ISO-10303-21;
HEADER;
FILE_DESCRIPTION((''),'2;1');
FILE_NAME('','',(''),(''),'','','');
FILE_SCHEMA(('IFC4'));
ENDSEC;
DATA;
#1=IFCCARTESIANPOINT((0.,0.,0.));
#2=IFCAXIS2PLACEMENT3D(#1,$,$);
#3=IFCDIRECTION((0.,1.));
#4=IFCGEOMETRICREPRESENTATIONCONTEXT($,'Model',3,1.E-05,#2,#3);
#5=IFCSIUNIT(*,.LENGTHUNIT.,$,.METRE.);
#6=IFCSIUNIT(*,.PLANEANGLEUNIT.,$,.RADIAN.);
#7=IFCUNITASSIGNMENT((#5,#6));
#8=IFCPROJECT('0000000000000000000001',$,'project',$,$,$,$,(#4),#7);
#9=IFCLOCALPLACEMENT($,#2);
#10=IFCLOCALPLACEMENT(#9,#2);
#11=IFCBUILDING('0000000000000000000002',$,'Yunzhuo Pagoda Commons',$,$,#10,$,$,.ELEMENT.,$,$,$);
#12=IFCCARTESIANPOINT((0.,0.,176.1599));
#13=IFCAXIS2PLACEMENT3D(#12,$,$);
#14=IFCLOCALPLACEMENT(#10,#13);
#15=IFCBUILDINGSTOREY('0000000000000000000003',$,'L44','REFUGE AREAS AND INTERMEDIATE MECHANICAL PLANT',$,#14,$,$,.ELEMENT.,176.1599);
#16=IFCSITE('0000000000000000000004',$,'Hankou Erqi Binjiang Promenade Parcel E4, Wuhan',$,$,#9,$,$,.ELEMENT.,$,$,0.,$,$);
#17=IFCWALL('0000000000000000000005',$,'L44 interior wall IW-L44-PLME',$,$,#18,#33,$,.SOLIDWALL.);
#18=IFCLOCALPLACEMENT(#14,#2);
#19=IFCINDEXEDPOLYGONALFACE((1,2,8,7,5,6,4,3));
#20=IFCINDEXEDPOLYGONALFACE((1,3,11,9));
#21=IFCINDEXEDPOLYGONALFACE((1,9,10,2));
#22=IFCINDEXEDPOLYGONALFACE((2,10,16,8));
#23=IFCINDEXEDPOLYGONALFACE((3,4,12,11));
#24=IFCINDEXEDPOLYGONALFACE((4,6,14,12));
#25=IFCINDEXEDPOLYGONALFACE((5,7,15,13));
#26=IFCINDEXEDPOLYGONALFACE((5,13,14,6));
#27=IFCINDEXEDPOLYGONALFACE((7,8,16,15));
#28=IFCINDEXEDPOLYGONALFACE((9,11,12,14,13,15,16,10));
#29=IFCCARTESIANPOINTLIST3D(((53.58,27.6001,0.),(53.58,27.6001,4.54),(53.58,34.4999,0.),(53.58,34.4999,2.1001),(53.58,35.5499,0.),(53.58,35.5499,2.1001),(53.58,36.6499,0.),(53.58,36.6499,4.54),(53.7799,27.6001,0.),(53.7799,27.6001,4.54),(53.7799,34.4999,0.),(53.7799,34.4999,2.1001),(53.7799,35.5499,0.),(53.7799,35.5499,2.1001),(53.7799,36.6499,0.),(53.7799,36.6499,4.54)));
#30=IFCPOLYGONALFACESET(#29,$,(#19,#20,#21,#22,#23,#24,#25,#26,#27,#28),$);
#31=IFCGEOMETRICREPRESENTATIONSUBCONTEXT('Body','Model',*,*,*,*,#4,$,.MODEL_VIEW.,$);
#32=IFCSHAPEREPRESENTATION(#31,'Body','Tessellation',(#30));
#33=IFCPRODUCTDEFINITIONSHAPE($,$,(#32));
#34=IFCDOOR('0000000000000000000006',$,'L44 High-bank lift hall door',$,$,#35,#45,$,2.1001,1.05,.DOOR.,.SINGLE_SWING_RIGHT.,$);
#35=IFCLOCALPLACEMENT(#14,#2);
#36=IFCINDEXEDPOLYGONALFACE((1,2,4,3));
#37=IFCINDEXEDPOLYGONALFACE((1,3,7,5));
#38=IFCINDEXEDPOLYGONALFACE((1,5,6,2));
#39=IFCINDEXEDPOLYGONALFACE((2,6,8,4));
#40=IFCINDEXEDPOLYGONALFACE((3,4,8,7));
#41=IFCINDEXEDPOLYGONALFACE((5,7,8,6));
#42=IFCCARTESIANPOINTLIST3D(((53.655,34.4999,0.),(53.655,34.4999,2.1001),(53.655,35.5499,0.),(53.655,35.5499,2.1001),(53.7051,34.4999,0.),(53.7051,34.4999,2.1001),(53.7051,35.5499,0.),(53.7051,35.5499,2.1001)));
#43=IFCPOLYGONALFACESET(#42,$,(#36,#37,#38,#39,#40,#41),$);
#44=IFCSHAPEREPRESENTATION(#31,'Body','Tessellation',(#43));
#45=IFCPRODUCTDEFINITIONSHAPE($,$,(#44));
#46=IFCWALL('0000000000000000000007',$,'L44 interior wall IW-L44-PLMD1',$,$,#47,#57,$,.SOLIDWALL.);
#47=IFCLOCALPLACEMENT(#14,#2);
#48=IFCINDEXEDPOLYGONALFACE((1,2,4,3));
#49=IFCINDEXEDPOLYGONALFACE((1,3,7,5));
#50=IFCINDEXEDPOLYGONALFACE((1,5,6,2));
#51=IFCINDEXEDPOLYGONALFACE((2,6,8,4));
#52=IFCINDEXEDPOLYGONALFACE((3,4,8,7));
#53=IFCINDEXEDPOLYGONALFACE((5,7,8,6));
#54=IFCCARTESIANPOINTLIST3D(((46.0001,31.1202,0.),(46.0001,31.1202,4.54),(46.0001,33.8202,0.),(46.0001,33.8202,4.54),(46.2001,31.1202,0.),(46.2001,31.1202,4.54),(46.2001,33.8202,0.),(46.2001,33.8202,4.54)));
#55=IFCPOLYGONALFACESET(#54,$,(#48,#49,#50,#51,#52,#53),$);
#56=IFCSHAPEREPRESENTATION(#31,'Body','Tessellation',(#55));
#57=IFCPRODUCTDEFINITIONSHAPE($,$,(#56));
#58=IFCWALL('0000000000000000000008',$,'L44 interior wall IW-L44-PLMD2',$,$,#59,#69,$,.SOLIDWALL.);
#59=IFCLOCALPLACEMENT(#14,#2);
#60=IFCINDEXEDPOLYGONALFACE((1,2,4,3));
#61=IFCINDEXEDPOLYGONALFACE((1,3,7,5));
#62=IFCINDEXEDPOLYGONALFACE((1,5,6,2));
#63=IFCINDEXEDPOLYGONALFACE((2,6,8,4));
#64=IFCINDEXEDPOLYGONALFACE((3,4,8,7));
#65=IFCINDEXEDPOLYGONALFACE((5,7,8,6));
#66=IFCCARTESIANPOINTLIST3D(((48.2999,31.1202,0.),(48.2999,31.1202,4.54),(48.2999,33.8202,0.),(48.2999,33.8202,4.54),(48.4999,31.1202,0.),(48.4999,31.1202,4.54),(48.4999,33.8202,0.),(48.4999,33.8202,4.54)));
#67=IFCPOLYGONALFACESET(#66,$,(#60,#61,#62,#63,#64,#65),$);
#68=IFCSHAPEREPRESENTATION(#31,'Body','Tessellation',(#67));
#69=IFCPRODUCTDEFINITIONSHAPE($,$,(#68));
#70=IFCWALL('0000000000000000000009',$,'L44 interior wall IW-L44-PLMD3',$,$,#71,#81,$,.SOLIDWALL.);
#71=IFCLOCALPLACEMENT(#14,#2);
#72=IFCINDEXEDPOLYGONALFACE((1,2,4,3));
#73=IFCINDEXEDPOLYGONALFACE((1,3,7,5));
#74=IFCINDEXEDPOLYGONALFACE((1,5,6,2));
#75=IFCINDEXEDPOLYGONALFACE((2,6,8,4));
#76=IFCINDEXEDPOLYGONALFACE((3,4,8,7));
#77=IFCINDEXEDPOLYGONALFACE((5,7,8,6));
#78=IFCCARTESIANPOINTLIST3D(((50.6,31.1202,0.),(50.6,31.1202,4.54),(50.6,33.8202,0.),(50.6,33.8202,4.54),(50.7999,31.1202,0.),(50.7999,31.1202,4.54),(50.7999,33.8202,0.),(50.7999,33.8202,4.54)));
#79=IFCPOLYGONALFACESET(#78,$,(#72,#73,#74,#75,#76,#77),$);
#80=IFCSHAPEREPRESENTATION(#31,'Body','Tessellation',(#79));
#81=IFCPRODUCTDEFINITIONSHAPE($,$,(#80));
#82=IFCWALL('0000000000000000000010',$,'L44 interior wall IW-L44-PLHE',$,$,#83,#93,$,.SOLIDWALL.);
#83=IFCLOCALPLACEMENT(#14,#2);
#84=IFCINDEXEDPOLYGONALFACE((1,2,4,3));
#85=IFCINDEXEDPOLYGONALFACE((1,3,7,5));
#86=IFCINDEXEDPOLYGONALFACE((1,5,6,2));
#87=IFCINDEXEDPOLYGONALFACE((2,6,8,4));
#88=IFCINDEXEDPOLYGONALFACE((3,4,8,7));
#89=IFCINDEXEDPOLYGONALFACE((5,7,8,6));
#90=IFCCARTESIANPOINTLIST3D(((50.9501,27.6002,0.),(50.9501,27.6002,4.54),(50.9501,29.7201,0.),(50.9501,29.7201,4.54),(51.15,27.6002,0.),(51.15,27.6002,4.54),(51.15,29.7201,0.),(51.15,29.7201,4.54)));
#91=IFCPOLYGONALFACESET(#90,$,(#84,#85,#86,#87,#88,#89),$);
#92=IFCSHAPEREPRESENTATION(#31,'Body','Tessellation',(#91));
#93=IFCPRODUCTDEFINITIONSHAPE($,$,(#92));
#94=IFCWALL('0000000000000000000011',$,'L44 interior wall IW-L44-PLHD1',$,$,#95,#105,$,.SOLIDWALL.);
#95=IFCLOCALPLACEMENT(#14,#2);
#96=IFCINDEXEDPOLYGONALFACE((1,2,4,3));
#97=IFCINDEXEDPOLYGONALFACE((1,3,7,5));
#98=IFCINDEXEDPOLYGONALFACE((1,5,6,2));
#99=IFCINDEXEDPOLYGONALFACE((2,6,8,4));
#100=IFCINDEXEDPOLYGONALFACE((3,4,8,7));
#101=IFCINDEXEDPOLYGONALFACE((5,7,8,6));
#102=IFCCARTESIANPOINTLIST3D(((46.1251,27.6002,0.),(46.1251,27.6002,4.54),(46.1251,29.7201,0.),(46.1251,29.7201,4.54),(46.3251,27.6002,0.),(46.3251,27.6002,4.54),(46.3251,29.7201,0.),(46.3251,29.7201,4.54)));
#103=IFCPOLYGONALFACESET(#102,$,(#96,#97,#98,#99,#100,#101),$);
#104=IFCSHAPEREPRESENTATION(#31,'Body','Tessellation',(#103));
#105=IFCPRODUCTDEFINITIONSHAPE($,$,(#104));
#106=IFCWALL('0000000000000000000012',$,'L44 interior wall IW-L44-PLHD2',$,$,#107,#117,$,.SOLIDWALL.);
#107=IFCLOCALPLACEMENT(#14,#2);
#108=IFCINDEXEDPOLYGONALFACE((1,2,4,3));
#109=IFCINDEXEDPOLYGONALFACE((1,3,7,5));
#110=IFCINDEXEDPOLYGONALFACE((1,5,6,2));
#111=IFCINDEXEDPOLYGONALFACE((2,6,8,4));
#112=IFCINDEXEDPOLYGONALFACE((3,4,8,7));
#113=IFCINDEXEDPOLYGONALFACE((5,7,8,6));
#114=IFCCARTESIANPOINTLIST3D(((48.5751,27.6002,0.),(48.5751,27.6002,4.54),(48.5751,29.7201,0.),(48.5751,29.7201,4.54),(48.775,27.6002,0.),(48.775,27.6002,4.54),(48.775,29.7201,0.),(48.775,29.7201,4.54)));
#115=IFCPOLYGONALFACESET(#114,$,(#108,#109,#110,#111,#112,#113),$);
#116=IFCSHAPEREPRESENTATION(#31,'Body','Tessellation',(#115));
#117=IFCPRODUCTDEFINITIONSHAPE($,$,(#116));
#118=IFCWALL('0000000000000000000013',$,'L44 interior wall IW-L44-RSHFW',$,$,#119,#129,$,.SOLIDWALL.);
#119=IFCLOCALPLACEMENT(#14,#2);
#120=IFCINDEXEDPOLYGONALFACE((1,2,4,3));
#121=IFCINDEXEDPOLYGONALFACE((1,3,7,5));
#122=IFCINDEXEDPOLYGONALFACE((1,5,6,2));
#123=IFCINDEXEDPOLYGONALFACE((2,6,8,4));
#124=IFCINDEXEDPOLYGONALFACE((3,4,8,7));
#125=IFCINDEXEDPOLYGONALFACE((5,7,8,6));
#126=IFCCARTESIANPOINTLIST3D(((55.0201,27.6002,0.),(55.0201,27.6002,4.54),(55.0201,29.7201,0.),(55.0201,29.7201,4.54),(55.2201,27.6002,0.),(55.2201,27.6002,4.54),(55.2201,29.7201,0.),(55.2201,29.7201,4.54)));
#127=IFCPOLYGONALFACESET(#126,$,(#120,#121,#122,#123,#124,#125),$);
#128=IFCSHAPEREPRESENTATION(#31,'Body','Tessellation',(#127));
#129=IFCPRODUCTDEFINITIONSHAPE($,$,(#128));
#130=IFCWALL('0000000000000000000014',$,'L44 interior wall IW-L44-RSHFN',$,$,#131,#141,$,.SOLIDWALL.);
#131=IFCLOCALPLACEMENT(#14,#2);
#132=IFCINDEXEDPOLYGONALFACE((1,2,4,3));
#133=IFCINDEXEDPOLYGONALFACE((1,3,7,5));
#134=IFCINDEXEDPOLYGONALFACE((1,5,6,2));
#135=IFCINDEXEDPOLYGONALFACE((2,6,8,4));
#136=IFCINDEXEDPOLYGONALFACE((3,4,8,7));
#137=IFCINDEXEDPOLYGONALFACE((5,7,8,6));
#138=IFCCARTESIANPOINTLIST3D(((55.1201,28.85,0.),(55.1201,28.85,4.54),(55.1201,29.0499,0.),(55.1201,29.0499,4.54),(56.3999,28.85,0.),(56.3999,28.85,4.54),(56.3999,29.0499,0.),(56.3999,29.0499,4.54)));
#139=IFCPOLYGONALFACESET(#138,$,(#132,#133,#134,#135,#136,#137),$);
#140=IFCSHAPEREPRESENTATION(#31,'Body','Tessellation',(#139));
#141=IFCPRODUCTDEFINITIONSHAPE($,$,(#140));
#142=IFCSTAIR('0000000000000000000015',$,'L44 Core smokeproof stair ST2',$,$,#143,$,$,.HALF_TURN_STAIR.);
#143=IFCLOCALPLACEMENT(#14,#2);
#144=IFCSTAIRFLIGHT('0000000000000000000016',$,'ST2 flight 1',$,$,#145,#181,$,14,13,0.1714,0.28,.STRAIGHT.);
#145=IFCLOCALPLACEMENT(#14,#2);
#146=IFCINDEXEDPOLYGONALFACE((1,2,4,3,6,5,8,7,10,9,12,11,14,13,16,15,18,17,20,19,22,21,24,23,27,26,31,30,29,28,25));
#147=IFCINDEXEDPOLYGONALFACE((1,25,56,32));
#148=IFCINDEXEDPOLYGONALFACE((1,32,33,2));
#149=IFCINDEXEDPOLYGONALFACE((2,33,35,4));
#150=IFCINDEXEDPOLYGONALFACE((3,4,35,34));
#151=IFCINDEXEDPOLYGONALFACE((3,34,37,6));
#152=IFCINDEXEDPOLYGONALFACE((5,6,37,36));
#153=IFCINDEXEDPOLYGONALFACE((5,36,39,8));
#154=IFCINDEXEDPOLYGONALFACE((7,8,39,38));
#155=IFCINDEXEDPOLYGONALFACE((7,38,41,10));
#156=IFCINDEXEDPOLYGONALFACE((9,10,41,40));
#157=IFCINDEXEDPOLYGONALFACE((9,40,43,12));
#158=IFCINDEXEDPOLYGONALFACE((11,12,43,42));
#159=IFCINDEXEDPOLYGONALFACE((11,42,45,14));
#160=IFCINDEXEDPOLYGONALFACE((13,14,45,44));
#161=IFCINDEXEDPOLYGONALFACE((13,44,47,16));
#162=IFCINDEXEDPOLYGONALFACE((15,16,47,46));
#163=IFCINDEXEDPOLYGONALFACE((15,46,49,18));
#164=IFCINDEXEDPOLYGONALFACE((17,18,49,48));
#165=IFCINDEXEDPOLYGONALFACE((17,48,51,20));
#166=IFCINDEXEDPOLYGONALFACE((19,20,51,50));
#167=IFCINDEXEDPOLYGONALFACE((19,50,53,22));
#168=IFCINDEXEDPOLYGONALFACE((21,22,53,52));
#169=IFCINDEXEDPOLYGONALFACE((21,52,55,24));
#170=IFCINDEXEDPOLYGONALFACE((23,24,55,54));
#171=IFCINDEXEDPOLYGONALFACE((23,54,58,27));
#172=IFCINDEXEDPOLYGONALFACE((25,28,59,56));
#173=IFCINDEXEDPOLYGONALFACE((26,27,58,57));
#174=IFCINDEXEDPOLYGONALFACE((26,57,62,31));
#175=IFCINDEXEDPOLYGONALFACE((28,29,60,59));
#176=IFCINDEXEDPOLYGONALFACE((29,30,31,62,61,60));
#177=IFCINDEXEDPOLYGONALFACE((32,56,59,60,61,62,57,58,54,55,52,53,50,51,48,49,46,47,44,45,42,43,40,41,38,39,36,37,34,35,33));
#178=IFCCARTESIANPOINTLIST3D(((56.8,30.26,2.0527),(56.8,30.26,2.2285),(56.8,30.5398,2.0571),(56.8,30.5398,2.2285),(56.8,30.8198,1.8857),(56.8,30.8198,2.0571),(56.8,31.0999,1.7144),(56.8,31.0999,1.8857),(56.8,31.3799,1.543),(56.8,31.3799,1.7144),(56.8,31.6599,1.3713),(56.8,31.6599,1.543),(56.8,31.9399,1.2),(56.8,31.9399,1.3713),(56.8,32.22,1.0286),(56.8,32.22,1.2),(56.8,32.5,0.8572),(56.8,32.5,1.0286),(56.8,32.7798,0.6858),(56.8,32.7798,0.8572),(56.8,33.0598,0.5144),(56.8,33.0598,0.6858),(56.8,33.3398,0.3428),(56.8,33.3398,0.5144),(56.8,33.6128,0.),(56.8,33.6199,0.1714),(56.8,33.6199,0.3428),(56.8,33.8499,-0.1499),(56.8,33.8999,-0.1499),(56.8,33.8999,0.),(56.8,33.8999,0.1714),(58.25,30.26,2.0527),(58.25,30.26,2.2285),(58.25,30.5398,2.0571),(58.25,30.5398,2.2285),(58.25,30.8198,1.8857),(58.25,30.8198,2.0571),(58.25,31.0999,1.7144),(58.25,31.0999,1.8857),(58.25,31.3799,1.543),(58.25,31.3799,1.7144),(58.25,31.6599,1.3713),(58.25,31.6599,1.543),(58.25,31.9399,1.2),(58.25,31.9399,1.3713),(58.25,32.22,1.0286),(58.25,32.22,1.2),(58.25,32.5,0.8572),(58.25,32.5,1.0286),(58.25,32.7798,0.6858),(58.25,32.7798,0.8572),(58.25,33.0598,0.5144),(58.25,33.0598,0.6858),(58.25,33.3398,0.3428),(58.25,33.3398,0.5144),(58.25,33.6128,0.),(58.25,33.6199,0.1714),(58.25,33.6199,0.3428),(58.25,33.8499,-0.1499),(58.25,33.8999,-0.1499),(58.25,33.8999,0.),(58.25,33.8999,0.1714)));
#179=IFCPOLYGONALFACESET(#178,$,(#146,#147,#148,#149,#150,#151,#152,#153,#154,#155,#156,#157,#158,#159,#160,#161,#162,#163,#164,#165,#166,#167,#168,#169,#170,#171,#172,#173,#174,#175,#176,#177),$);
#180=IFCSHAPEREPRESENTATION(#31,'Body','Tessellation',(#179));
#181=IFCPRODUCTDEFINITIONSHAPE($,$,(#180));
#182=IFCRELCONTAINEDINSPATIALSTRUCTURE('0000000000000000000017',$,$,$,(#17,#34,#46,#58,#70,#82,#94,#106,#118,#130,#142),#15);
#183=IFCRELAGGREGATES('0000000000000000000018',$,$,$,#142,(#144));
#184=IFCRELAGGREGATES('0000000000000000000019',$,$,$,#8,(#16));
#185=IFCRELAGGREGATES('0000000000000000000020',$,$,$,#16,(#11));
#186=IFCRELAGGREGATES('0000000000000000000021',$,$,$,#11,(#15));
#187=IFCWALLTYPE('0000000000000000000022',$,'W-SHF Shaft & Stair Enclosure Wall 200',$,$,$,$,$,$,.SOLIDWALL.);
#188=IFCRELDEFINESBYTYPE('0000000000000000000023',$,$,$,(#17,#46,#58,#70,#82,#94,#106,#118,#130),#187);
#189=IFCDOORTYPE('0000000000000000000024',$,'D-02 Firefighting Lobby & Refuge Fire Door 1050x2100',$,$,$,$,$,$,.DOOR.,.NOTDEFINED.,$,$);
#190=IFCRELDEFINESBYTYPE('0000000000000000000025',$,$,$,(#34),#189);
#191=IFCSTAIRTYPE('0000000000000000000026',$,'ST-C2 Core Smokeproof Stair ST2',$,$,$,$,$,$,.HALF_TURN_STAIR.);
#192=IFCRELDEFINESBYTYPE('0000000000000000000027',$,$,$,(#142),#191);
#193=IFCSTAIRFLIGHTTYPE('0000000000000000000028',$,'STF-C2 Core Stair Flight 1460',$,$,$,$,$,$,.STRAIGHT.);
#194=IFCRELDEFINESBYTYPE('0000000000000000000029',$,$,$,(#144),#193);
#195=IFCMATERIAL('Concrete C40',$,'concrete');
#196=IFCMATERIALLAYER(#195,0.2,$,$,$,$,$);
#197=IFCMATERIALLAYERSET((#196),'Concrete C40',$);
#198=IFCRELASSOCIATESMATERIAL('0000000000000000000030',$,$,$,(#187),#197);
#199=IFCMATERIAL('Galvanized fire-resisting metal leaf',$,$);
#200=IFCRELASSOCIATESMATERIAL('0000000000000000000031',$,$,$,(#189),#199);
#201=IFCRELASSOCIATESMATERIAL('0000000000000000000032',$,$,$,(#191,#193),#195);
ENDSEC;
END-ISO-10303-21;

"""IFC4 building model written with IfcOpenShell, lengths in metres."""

from ifc_helpers import new_model, si_unit, direction, frame, frame_2d, origin, origin_with_axes, place, context, subcontext, project, spatial, polyline, rectangle, outline, extrude, source, transform, mapped, material, layer, layer_set, type_object, element, fill, aggregate, save


model = new_model("IFC4")

# Units and contexts
model_context = context("Model", 3, precision=1e-05, world=origin(), true_north=direction((0.0, 1.0)))
body_context = subcontext(model_context, "Body", "Model", "MODEL_VIEW")
ifc_project = project(units=[si_unit("LENGTHUNIT", "METRE"), si_unit("PLANEANGLEUNIT", "RADIAN")], contexts=[model_context])

# Site, building, storey
site_placement = place(None, origin())
site = spatial("IfcSite", under=ifc_project, at=site_placement, Name="Hankou Erqi Binjiang Promenade Parcel E4, Wuhan", CompositionType="ELEMENT", RefElevation=0.0)
building_placement = place(site_placement, origin())
building = spatial("IfcBuilding", under=site, at=building_placement, Name="Yunzhuo Pagoda Commons", CompositionType="ELEMENT")
storey_placement = place(building_placement, frame((0.0, 0.0, 176.1599)))
storey = spatial("IfcBuildingStorey", under=building, at=storey_placement, Name="L44", Description="REFUGE AREAS AND INTERMEDIATE MECHANICAL PLANT", CompositionType="ELEMENT", Elevation=176.1599)

# Wall, opening, door
ifc_material_1 = material(Name="Galvanized fire-resisting metal leaf")
ifc_material_2 = material(Name="Concrete C40", Category="concrete")
ifc_layer_1 = layer(ifc_material_2, 0.2)
ifc_layer_set_1 = layer_set([ifc_layer_1], Name="Concrete C40")
wall_type_1 = type_object("IfcWallType", Name="W-SHF Shaft & Stair Enclosure Wall 200", PredefinedType="SOLIDWALL", material=ifc_layer_set_1)
wall_1_placement = place(storey_placement, frame((53.6799, 27.6001, 0.0), z_axis=(0.0, 0.0, 1.0), x_axis=(0.0, 1.0, 0.0)))
wall_1 = element("IfcWall", 1, at=wall_1_placement, inside=storey, type_object=wall_type_1, Name="L44 interior wall IW-L44-PLME", PredefinedType="SOLIDWALL", context=body_context, shape_type="SweptSolid", body=[
    extrude(rectangle(XDim=9.0498, YDim=0.2, at=frame_2d((4.5249, 0.0))), origin(), (0.0, 0.0, 1.0), 4.54),
])
opening_1_placement = place(wall_1_placement, frame((6.8999, 0.0, 0.0)))
opening_1 = element("IfcOpeningElement", 2, at=opening_1_placement, cuts=wall_1, PredefinedType="OPENING", context=body_context, shape_type="SweptSolid", body=[
    extrude(rectangle(XDim=1.05, YDim=2.1001, at=frame_2d((0.5249, 1.05))), frame((0.0, 0.1099, 0.0), z_axis=(0.0, -1.0, 0.0), x_axis=(1.0, 0.0, 0.0)), (0.0, 0.0, 1.0), 0.22),
])
door_type_1 = type_object("IfcDoorType", Name="D-02 Firefighting Lobby & Refuge Fire Door 1050x2100", OperationType="NOTDEFINED", PredefinedType="DOOR", material=ifc_material_1)
shared_shape_1 = source(origin(), body_context, "Body", "SweptSolid", [
    extrude(rectangle(XDim=1.05, YDim=2.1001, at=frame_2d((0.5249, 1.05))), frame((0.0, 0.0249, 0.0), z_axis=(0.0, -1.0, 0.0), x_axis=(1.0, 0.0, 0.0)), (0.0, 0.0, 1.0), 0.05),
])
door_1_placement = place(opening_1_placement, origin_with_axes())
door_1 = element("IfcDoor", 3, at=door_1_placement, inside=storey, type_object=door_type_1, Name="L44 High-bank lift hall door", OperationType="SINGLE_SWING_RIGHT", OverallHeight=2.1001, OverallWidth=1.05, PredefinedType="DOOR", context=body_context, shape_type="MappedRepresentation", body=[
    mapped(shared_shape_1, transform((0.0, 0.0, 0.0), scale=1.0)),
])
fill(opening_1, door_1)

# Walls
for number, where, z_axis, x_axis, name in (
    (4, (46.1001, 31.1201, 0.0), (0.0, 0.0, 1.0), (0.0, 1.0, 0.0), "L44 interior wall IW-L44-PLMD1"),
    (5, (48.3999, 31.1201, 0.0), (0.0, 0.0, 1.0), (0.0, 1.0, 0.0), "L44 interior wall IW-L44-PLMD2"),
    (6, (50.7, 31.1201, 0.0), (0.0, 0.0, 1.0), (0.0, 1.0, 0.0), "L44 interior wall IW-L44-PLMD3"),
):
    element("IfcWall", number, at=place(storey_placement, frame(where, z_axis=z_axis, x_axis=x_axis)), inside=storey, type_object=wall_type_1, Name=name, PredefinedType="SOLIDWALL", context=body_context, shape_type="SweptSolid", body=[
        extrude(rectangle(XDim=2.7, YDim=0.2, at=frame_2d((1.3501, 0.0))), origin(), (0.0, 0.0, 1.0), 4.54),
    ])
for number, where, z_axis, x_axis, name in (
    (7, (51.05, 27.6001, 0.0), (0.0, 0.0, 1.0), (0.0, 1.0, 0.0), "L44 interior wall IW-L44-PLHE"),
    (8, (46.2251, 27.6001, 0.0), (0.0, 0.0, 1.0), (0.0, 1.0, 0.0), "L44 interior wall IW-L44-PLHD1"),
    (9, (48.675, 27.6001, 0.0), (0.0, 0.0, 1.0), (0.0, 1.0, 0.0), "L44 interior wall IW-L44-PLHD2"),
    (10, (55.1201, 27.6001, 0.0), (0.0, 0.0, 1.0), (0.0, 1.0, 0.0), "L44 interior wall IW-L44-RSHFW"),
):
    element("IfcWall", number, at=place(storey_placement, frame(where, z_axis=z_axis, x_axis=x_axis)), inside=storey, type_object=wall_type_1, Name=name, PredefinedType="SOLIDWALL", context=body_context, shape_type="SweptSolid", body=[
        extrude(rectangle(XDim=2.1199, YDim=0.2, at=frame_2d((1.0601, 0.0))), origin(), (0.0, 0.0, 1.0), 4.54),
    ])
wall_2_placement = place(storey_placement, frame((55.1201, 28.95, 0.0), z_axis=(0.0, 0.0, 1.0), x_axis=(1.0, 0.0, 0.0)))
element("IfcWall", 11, at=wall_2_placement, inside=storey, type_object=wall_type_1, Name="L44 interior wall IW-L44-RSHFN", PredefinedType="SOLIDWALL", context=body_context, shape_type="SweptSolid", body=[
    extrude(rectangle(XDim=1.2798, YDim=0.2, at=frame_2d((0.6399, 0.0))), origin(), (0.0, 0.0, 1.0), 4.54),
])

# Stair, stair flight
stair_type = type_object("IfcStairType", Name="ST-C2 Core Smokeproof Stair ST2", PredefinedType="HALF_TURN_STAIR", material=ifc_material_2)
stair_placement = place(storey_placement, origin())
stair = element("IfcStair", 12, at=stair_placement, inside=storey, type_object=stair_type, Name="L44 Core smokeproof stair ST2", PredefinedType="HALF_TURN_STAIR")
stair_flight_type = type_object("IfcStairFlightType", Name="STF-C2 Core Stair Flight 1460", PredefinedType="STRAIGHT", material=ifc_material_2)
shared_shape_2 = source(origin(), body_context, "Body", "SweptSolid", [
    extrude(outline(polyline([(0.0, -0.1499), (0.0, 0.0), (0.0, 0.1714), (0.28, 0.1714), (0.28, 0.3428), (0.5601, 0.3428), (0.5601, 0.5144), (0.8401, 0.5144), (0.8401, 0.6858), (1.1201, 0.6858), (1.1201, 0.8572), (1.3999, 0.8572), (1.3999, 1.0286), (1.6799, 1.0286), (1.6799, 1.2), (1.96, 1.2), (1.96, 1.3713), (2.24, 1.3713), (2.24, 1.543), (2.52, 1.543), (2.52, 1.7144), (2.8, 1.7144), (2.8, 1.8857), (3.0801, 1.8857), (3.0801, 2.0571), (3.3601, 2.0571), (3.3601, 2.2285), (3.6399, 2.2285), (3.6399, 2.3999), (3.6399, 2.0527), (0.2871, 0.0), (0.05, -0.1499), (0.0, -0.1499)])), frame((0.0, 0.7251, 0.0), z_axis=(0.0, -1.0, 0.0), x_axis=(1.0, 0.0, 0.0)), (0.0, 0.0, 1.0), 1.45),
])
stair_flight_placement = place(storey_placement, frame((57.5249, 33.8999, 0.0), z_axis=(0.0, 0.0, 1.0), x_axis=(0.0, -1.0, 0.0)))
stair_flight = element("IfcStairFlight", 13, at=stair_flight_placement, type_object=stair_flight_type, Name="ST2 flight 1", NumberOfRisers=14, NumberOfTreads=13, PredefinedType="STRAIGHT", RiserHeight=0.1714, TreadLength=0.28, context=body_context, shape_type="MappedRepresentation", body=[
    mapped(shared_shape_2, transform((0.0, 0.0, 0.0), scale=1.0)),
])
aggregate(stair, [stair_flight])

save(model, "model.ifc")
